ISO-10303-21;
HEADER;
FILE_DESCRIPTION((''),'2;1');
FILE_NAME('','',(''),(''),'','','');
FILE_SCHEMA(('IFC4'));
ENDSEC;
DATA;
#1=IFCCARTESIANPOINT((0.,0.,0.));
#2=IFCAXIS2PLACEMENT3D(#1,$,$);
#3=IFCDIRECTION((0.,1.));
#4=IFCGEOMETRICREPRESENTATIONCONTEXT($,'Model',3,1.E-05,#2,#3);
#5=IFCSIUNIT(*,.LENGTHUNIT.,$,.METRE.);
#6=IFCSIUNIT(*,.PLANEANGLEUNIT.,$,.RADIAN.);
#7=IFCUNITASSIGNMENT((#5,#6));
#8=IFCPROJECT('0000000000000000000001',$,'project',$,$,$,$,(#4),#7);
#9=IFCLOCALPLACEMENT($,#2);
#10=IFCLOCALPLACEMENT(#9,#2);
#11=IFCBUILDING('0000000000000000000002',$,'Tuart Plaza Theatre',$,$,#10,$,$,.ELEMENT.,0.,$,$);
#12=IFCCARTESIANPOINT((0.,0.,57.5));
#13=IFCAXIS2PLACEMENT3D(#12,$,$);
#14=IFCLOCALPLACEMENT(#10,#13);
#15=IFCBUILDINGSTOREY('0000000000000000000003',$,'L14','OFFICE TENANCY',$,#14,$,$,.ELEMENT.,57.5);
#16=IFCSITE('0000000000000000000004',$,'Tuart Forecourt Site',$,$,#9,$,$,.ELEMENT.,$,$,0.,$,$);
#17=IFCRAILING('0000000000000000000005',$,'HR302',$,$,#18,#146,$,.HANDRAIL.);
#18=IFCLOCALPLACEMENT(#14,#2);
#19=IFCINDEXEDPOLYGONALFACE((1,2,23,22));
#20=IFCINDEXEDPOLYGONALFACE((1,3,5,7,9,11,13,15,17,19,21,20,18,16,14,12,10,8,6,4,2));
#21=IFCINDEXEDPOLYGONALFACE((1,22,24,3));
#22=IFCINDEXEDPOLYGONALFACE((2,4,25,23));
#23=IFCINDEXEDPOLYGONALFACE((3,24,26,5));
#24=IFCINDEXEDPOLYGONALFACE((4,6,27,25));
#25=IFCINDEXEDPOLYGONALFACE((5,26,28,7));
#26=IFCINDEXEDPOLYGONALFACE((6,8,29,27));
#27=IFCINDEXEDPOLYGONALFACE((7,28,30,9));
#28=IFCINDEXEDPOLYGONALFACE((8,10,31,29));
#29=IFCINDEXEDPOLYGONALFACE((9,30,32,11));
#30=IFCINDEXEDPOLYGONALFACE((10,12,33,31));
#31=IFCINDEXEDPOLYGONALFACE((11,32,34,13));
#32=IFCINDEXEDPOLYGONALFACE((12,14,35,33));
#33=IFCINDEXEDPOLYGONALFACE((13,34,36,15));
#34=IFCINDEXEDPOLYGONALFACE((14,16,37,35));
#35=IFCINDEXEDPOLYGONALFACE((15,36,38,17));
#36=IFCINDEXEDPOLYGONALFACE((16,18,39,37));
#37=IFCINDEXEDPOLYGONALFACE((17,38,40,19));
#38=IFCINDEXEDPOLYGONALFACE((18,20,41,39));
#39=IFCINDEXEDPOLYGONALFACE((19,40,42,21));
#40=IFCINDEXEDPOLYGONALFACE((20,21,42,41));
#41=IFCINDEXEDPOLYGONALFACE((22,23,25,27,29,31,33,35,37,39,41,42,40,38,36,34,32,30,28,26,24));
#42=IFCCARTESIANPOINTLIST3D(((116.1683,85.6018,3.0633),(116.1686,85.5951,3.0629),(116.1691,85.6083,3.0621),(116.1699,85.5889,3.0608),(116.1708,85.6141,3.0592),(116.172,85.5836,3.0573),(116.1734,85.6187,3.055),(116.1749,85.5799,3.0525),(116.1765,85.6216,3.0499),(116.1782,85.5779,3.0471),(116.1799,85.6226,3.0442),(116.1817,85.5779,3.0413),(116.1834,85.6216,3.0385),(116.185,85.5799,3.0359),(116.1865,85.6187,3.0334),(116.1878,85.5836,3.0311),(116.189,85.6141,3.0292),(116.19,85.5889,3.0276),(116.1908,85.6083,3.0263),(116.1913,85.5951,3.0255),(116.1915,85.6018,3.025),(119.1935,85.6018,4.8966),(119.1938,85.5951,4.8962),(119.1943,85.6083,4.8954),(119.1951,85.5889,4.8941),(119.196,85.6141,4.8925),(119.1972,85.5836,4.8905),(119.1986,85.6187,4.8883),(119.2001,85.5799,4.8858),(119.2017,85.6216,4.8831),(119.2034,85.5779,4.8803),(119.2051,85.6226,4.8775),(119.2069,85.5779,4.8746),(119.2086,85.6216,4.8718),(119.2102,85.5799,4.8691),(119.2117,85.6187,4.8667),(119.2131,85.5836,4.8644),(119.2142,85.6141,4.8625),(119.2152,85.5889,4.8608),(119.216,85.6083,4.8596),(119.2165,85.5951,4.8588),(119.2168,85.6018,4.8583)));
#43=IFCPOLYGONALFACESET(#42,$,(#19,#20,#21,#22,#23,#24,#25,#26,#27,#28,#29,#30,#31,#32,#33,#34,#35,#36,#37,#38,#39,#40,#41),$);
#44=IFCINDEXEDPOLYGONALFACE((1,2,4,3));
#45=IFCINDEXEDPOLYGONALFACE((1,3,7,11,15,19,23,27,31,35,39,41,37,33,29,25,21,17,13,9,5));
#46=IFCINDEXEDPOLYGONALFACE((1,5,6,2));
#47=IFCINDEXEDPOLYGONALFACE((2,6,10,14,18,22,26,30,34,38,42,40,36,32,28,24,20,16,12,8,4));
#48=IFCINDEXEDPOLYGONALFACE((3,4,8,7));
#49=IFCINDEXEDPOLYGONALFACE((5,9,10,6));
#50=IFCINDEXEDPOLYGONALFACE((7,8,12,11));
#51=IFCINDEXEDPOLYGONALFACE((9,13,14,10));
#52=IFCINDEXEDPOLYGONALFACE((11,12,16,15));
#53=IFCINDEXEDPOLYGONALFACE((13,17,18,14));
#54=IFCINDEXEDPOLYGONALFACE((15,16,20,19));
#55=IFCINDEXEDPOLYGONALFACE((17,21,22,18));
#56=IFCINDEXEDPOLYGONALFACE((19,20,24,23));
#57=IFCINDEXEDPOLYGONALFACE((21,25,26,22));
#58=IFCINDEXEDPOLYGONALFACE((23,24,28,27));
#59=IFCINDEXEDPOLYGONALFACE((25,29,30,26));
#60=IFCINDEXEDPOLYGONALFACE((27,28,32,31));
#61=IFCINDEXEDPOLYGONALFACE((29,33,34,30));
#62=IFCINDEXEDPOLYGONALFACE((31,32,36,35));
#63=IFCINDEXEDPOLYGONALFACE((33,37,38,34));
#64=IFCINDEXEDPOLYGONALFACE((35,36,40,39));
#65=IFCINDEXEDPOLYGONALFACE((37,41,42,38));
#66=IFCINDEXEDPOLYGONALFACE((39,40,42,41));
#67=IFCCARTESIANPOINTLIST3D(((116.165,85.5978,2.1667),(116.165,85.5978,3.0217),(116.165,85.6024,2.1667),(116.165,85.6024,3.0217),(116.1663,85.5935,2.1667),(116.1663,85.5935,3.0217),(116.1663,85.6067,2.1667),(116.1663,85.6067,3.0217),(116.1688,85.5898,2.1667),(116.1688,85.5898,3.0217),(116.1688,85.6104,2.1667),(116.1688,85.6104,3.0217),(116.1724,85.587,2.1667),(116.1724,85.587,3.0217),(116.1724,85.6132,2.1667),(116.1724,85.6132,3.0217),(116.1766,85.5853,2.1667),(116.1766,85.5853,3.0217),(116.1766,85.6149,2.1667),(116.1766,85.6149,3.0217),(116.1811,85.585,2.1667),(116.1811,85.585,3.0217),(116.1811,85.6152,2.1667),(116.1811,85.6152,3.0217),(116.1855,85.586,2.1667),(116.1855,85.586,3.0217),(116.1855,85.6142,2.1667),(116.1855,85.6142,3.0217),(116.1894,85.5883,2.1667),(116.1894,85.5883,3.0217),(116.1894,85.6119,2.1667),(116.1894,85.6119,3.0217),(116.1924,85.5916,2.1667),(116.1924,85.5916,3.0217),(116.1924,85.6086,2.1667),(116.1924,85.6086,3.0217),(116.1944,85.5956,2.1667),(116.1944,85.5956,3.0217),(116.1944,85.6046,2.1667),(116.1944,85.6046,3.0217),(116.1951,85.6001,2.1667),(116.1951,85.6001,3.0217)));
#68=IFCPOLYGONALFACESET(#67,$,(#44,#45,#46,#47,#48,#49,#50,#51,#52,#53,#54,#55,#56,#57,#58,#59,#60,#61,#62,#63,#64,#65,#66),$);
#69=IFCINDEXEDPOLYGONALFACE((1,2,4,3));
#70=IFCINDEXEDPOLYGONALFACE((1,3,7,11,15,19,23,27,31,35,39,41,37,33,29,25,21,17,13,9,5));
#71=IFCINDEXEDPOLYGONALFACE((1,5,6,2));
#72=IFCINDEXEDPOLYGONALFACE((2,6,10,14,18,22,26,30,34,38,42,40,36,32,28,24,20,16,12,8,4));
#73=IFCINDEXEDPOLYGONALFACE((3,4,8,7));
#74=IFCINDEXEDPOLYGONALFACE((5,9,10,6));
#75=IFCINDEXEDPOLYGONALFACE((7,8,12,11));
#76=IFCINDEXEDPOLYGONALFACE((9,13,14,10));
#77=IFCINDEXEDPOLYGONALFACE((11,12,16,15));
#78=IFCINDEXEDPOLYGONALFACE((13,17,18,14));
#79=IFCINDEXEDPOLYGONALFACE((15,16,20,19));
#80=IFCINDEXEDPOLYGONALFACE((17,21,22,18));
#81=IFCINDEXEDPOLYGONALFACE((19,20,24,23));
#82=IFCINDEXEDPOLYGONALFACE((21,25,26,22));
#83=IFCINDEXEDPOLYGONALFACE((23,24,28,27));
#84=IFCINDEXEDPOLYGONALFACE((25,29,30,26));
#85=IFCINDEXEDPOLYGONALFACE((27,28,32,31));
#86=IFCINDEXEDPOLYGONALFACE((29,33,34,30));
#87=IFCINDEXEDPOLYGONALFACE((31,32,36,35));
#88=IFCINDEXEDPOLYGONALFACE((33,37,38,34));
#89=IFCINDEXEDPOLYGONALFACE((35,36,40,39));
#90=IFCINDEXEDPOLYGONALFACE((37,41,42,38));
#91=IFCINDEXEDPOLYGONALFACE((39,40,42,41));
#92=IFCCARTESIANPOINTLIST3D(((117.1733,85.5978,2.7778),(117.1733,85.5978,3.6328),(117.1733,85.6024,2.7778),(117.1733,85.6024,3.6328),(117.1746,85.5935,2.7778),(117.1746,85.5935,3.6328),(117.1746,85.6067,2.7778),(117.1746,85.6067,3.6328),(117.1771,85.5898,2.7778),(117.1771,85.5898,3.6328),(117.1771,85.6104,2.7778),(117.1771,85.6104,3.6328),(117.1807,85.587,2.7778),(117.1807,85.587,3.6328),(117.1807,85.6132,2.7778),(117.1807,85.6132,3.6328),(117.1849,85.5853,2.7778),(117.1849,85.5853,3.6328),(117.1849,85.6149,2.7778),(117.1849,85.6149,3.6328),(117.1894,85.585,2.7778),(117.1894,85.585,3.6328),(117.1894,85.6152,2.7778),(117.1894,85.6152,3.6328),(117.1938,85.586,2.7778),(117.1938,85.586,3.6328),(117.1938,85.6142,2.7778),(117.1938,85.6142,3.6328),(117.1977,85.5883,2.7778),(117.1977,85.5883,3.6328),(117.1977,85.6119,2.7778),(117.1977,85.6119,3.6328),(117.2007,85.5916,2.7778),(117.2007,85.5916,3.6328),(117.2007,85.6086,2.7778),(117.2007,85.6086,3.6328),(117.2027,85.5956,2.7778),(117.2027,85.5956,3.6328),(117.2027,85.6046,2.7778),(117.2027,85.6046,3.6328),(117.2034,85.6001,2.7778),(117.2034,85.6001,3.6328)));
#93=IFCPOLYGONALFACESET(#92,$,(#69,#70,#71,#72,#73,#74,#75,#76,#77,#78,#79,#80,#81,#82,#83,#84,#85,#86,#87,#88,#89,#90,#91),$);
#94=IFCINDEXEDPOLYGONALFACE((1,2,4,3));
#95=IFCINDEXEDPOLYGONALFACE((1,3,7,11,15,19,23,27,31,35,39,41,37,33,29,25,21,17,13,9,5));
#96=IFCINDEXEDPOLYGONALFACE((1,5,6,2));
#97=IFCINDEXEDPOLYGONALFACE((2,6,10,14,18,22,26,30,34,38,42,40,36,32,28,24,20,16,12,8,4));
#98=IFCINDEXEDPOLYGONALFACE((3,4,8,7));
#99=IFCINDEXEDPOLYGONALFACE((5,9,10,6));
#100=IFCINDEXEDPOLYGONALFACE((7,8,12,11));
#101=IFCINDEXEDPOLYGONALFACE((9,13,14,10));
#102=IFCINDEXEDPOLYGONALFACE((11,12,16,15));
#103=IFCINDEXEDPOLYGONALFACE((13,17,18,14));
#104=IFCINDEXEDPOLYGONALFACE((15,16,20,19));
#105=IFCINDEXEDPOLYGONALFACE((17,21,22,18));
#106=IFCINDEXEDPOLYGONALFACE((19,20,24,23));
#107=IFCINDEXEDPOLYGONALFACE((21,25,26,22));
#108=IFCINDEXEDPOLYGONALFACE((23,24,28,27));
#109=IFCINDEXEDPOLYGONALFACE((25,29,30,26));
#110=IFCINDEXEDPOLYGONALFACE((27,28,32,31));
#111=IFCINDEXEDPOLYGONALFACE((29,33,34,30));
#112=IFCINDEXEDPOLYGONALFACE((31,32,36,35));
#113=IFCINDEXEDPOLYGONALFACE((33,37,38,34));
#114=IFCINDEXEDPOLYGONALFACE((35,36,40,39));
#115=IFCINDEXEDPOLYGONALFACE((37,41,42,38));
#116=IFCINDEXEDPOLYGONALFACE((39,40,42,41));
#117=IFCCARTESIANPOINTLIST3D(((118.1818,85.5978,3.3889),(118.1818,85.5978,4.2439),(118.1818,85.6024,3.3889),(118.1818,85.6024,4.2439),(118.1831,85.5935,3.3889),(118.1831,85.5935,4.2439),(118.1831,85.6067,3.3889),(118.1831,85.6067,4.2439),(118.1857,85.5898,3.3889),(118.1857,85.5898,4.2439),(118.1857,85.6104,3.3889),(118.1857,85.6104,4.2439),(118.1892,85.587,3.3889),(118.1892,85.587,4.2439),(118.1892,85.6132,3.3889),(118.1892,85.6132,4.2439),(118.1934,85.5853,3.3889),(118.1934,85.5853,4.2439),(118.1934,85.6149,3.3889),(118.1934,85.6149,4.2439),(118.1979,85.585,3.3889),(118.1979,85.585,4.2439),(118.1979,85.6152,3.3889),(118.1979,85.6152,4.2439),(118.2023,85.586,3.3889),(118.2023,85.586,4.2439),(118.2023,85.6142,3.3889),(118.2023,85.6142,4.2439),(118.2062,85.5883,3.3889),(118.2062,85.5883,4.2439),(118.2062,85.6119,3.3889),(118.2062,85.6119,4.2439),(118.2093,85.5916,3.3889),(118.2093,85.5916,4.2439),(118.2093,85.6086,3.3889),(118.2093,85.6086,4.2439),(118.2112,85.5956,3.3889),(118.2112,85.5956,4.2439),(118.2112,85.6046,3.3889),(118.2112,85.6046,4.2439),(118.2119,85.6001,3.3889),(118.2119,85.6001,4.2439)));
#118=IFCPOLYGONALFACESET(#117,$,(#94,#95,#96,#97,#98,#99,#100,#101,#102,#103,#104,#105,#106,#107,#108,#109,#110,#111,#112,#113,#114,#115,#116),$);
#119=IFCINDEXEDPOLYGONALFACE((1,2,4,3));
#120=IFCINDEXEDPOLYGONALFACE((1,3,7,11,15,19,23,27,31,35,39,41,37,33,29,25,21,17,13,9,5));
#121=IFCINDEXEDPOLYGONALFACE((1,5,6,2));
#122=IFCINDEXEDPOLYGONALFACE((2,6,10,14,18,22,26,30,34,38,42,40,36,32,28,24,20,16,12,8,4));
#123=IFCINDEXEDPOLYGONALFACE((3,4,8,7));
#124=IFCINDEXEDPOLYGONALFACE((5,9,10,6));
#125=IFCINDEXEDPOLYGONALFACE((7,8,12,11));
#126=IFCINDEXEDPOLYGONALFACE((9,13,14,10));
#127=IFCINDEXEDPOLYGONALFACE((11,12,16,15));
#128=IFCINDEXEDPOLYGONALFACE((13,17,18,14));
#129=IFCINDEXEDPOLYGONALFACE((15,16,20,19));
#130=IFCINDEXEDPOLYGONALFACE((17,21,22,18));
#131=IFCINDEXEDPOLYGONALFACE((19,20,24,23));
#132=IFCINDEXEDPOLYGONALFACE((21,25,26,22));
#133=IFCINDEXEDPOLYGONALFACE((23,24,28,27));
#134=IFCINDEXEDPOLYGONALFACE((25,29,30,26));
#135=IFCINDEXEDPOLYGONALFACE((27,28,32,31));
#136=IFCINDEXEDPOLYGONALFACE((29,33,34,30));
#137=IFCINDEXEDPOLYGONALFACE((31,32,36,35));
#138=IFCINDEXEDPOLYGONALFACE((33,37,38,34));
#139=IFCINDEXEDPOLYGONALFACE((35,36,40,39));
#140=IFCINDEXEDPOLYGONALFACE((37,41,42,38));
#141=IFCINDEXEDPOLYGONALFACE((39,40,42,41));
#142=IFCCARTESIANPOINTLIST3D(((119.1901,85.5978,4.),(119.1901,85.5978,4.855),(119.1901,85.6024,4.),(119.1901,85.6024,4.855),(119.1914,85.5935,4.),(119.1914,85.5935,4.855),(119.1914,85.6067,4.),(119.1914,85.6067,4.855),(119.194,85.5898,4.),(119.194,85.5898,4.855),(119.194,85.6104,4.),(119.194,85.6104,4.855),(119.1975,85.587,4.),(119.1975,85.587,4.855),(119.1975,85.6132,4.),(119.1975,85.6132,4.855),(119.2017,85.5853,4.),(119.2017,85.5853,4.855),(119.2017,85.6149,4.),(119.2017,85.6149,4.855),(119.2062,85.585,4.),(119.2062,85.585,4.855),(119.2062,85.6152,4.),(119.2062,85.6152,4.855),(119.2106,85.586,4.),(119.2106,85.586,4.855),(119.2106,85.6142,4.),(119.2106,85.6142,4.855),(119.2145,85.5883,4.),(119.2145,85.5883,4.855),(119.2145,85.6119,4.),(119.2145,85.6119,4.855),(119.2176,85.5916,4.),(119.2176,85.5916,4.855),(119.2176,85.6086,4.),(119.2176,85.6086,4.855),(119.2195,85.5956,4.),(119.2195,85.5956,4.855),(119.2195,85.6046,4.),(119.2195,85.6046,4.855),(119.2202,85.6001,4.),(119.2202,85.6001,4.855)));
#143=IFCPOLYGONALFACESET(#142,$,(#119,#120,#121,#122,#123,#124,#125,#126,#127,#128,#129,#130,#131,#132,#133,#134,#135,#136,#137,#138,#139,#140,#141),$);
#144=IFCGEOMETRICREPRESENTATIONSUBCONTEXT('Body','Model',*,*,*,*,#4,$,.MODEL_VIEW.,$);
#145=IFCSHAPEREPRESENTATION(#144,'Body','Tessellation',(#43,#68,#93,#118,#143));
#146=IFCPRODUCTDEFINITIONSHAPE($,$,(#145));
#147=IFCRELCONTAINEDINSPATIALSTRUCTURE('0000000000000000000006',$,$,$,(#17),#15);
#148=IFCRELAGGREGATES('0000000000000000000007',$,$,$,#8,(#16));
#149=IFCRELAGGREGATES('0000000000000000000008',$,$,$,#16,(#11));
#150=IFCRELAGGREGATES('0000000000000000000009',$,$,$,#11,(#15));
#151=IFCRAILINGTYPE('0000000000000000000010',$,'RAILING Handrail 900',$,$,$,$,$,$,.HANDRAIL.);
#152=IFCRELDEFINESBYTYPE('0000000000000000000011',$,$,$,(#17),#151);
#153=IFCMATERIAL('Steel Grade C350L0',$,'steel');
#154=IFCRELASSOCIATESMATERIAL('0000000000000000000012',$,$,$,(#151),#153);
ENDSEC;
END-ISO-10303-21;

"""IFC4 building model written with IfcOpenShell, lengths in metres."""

from ifc_helpers import new_model, si_unit, direction, frame, origin, origin_2d, place, context, subcontext, project, spatial, circle, extrude, material, type_object, element, save


model = new_model("IFC4")

# Units and contexts
model_context = context("Model", 3, precision=1e-05, world=origin(), true_north=direction((0.0, 1.0)))
body_context = subcontext(model_context, "Body", "Model", "MODEL_VIEW")
ifc_project = project(units=[si_unit("LENGTHUNIT", "METRE"), si_unit("PLANEANGLEUNIT", "RADIAN")], contexts=[model_context])

# Site, building, storey
site_placement = place(None, origin())
site = spatial("IfcSite", under=ifc_project, at=site_placement, Name="Tuart Forecourt Site", CompositionType="ELEMENT", RefElevation=0.0)
building_placement = place(site_placement, origin())
building = spatial("IfcBuilding", under=site, at=building_placement, Name="Tuart Plaza Theatre", CompositionType="ELEMENT", ElevationOfRefHeight=0.0)
storey_placement = place(building_placement, frame((0.0, 0.0, 57.5)))
storey = spatial("IfcBuildingStorey", under=building, at=storey_placement, Name="L14", Description="OFFICE TENANCY", CompositionType="ELEMENT", Elevation=57.5)

# Railing
ifc_material_1 = material(Name="Steel Grade C350L0", Category="steel")
railing_type_1 = type_object("IfcRailingType", Name="RAILING Handrail 900", PredefinedType="HANDRAIL", material=ifc_material_1)
for number, where, name in (
    (1, (116.1799, 85.6001, 2.1667), "HR302"),
):
    element("IfcRailing", number, at=place(storey_placement, frame(where)), inside=storey, type_object=railing_type_1, Name=name, PredefinedType="HANDRAIL", context=body_context, shape_type="SweptSolid", body=[
        extrude(circle(Radius=0.0225, at=origin_2d()), frame((0.0, 0.0, 0.8774), z_axis=(0.855219, 0.0, 0.518267), x_axis=(0.0, 1.0, 0.0)), (0.0, 0.0, 1.0), 3.5374),
        extrude(circle(Radius=0.0151, at=origin_2d()), origin(), (0.0, 0.0, 1.0), 0.855),
        extrude(circle(Radius=0.0151, at=origin_2d()), frame((1.0083, 0.0, 0.6111)), (0.0, 0.0, 1.0), 0.855),
        extrude(circle(Radius=0.0151, at=origin_2d()), frame((2.0168, 0.0, 1.2222)), (0.0, 0.0, 1.0), 0.855),
        extrude(circle(Radius=0.0151, at=origin_2d()), frame((3.0251, 0.0, 1.8333)), (0.0, 0.0, 1.0), 0.855),
    ])

save(model, "model.ifc")
